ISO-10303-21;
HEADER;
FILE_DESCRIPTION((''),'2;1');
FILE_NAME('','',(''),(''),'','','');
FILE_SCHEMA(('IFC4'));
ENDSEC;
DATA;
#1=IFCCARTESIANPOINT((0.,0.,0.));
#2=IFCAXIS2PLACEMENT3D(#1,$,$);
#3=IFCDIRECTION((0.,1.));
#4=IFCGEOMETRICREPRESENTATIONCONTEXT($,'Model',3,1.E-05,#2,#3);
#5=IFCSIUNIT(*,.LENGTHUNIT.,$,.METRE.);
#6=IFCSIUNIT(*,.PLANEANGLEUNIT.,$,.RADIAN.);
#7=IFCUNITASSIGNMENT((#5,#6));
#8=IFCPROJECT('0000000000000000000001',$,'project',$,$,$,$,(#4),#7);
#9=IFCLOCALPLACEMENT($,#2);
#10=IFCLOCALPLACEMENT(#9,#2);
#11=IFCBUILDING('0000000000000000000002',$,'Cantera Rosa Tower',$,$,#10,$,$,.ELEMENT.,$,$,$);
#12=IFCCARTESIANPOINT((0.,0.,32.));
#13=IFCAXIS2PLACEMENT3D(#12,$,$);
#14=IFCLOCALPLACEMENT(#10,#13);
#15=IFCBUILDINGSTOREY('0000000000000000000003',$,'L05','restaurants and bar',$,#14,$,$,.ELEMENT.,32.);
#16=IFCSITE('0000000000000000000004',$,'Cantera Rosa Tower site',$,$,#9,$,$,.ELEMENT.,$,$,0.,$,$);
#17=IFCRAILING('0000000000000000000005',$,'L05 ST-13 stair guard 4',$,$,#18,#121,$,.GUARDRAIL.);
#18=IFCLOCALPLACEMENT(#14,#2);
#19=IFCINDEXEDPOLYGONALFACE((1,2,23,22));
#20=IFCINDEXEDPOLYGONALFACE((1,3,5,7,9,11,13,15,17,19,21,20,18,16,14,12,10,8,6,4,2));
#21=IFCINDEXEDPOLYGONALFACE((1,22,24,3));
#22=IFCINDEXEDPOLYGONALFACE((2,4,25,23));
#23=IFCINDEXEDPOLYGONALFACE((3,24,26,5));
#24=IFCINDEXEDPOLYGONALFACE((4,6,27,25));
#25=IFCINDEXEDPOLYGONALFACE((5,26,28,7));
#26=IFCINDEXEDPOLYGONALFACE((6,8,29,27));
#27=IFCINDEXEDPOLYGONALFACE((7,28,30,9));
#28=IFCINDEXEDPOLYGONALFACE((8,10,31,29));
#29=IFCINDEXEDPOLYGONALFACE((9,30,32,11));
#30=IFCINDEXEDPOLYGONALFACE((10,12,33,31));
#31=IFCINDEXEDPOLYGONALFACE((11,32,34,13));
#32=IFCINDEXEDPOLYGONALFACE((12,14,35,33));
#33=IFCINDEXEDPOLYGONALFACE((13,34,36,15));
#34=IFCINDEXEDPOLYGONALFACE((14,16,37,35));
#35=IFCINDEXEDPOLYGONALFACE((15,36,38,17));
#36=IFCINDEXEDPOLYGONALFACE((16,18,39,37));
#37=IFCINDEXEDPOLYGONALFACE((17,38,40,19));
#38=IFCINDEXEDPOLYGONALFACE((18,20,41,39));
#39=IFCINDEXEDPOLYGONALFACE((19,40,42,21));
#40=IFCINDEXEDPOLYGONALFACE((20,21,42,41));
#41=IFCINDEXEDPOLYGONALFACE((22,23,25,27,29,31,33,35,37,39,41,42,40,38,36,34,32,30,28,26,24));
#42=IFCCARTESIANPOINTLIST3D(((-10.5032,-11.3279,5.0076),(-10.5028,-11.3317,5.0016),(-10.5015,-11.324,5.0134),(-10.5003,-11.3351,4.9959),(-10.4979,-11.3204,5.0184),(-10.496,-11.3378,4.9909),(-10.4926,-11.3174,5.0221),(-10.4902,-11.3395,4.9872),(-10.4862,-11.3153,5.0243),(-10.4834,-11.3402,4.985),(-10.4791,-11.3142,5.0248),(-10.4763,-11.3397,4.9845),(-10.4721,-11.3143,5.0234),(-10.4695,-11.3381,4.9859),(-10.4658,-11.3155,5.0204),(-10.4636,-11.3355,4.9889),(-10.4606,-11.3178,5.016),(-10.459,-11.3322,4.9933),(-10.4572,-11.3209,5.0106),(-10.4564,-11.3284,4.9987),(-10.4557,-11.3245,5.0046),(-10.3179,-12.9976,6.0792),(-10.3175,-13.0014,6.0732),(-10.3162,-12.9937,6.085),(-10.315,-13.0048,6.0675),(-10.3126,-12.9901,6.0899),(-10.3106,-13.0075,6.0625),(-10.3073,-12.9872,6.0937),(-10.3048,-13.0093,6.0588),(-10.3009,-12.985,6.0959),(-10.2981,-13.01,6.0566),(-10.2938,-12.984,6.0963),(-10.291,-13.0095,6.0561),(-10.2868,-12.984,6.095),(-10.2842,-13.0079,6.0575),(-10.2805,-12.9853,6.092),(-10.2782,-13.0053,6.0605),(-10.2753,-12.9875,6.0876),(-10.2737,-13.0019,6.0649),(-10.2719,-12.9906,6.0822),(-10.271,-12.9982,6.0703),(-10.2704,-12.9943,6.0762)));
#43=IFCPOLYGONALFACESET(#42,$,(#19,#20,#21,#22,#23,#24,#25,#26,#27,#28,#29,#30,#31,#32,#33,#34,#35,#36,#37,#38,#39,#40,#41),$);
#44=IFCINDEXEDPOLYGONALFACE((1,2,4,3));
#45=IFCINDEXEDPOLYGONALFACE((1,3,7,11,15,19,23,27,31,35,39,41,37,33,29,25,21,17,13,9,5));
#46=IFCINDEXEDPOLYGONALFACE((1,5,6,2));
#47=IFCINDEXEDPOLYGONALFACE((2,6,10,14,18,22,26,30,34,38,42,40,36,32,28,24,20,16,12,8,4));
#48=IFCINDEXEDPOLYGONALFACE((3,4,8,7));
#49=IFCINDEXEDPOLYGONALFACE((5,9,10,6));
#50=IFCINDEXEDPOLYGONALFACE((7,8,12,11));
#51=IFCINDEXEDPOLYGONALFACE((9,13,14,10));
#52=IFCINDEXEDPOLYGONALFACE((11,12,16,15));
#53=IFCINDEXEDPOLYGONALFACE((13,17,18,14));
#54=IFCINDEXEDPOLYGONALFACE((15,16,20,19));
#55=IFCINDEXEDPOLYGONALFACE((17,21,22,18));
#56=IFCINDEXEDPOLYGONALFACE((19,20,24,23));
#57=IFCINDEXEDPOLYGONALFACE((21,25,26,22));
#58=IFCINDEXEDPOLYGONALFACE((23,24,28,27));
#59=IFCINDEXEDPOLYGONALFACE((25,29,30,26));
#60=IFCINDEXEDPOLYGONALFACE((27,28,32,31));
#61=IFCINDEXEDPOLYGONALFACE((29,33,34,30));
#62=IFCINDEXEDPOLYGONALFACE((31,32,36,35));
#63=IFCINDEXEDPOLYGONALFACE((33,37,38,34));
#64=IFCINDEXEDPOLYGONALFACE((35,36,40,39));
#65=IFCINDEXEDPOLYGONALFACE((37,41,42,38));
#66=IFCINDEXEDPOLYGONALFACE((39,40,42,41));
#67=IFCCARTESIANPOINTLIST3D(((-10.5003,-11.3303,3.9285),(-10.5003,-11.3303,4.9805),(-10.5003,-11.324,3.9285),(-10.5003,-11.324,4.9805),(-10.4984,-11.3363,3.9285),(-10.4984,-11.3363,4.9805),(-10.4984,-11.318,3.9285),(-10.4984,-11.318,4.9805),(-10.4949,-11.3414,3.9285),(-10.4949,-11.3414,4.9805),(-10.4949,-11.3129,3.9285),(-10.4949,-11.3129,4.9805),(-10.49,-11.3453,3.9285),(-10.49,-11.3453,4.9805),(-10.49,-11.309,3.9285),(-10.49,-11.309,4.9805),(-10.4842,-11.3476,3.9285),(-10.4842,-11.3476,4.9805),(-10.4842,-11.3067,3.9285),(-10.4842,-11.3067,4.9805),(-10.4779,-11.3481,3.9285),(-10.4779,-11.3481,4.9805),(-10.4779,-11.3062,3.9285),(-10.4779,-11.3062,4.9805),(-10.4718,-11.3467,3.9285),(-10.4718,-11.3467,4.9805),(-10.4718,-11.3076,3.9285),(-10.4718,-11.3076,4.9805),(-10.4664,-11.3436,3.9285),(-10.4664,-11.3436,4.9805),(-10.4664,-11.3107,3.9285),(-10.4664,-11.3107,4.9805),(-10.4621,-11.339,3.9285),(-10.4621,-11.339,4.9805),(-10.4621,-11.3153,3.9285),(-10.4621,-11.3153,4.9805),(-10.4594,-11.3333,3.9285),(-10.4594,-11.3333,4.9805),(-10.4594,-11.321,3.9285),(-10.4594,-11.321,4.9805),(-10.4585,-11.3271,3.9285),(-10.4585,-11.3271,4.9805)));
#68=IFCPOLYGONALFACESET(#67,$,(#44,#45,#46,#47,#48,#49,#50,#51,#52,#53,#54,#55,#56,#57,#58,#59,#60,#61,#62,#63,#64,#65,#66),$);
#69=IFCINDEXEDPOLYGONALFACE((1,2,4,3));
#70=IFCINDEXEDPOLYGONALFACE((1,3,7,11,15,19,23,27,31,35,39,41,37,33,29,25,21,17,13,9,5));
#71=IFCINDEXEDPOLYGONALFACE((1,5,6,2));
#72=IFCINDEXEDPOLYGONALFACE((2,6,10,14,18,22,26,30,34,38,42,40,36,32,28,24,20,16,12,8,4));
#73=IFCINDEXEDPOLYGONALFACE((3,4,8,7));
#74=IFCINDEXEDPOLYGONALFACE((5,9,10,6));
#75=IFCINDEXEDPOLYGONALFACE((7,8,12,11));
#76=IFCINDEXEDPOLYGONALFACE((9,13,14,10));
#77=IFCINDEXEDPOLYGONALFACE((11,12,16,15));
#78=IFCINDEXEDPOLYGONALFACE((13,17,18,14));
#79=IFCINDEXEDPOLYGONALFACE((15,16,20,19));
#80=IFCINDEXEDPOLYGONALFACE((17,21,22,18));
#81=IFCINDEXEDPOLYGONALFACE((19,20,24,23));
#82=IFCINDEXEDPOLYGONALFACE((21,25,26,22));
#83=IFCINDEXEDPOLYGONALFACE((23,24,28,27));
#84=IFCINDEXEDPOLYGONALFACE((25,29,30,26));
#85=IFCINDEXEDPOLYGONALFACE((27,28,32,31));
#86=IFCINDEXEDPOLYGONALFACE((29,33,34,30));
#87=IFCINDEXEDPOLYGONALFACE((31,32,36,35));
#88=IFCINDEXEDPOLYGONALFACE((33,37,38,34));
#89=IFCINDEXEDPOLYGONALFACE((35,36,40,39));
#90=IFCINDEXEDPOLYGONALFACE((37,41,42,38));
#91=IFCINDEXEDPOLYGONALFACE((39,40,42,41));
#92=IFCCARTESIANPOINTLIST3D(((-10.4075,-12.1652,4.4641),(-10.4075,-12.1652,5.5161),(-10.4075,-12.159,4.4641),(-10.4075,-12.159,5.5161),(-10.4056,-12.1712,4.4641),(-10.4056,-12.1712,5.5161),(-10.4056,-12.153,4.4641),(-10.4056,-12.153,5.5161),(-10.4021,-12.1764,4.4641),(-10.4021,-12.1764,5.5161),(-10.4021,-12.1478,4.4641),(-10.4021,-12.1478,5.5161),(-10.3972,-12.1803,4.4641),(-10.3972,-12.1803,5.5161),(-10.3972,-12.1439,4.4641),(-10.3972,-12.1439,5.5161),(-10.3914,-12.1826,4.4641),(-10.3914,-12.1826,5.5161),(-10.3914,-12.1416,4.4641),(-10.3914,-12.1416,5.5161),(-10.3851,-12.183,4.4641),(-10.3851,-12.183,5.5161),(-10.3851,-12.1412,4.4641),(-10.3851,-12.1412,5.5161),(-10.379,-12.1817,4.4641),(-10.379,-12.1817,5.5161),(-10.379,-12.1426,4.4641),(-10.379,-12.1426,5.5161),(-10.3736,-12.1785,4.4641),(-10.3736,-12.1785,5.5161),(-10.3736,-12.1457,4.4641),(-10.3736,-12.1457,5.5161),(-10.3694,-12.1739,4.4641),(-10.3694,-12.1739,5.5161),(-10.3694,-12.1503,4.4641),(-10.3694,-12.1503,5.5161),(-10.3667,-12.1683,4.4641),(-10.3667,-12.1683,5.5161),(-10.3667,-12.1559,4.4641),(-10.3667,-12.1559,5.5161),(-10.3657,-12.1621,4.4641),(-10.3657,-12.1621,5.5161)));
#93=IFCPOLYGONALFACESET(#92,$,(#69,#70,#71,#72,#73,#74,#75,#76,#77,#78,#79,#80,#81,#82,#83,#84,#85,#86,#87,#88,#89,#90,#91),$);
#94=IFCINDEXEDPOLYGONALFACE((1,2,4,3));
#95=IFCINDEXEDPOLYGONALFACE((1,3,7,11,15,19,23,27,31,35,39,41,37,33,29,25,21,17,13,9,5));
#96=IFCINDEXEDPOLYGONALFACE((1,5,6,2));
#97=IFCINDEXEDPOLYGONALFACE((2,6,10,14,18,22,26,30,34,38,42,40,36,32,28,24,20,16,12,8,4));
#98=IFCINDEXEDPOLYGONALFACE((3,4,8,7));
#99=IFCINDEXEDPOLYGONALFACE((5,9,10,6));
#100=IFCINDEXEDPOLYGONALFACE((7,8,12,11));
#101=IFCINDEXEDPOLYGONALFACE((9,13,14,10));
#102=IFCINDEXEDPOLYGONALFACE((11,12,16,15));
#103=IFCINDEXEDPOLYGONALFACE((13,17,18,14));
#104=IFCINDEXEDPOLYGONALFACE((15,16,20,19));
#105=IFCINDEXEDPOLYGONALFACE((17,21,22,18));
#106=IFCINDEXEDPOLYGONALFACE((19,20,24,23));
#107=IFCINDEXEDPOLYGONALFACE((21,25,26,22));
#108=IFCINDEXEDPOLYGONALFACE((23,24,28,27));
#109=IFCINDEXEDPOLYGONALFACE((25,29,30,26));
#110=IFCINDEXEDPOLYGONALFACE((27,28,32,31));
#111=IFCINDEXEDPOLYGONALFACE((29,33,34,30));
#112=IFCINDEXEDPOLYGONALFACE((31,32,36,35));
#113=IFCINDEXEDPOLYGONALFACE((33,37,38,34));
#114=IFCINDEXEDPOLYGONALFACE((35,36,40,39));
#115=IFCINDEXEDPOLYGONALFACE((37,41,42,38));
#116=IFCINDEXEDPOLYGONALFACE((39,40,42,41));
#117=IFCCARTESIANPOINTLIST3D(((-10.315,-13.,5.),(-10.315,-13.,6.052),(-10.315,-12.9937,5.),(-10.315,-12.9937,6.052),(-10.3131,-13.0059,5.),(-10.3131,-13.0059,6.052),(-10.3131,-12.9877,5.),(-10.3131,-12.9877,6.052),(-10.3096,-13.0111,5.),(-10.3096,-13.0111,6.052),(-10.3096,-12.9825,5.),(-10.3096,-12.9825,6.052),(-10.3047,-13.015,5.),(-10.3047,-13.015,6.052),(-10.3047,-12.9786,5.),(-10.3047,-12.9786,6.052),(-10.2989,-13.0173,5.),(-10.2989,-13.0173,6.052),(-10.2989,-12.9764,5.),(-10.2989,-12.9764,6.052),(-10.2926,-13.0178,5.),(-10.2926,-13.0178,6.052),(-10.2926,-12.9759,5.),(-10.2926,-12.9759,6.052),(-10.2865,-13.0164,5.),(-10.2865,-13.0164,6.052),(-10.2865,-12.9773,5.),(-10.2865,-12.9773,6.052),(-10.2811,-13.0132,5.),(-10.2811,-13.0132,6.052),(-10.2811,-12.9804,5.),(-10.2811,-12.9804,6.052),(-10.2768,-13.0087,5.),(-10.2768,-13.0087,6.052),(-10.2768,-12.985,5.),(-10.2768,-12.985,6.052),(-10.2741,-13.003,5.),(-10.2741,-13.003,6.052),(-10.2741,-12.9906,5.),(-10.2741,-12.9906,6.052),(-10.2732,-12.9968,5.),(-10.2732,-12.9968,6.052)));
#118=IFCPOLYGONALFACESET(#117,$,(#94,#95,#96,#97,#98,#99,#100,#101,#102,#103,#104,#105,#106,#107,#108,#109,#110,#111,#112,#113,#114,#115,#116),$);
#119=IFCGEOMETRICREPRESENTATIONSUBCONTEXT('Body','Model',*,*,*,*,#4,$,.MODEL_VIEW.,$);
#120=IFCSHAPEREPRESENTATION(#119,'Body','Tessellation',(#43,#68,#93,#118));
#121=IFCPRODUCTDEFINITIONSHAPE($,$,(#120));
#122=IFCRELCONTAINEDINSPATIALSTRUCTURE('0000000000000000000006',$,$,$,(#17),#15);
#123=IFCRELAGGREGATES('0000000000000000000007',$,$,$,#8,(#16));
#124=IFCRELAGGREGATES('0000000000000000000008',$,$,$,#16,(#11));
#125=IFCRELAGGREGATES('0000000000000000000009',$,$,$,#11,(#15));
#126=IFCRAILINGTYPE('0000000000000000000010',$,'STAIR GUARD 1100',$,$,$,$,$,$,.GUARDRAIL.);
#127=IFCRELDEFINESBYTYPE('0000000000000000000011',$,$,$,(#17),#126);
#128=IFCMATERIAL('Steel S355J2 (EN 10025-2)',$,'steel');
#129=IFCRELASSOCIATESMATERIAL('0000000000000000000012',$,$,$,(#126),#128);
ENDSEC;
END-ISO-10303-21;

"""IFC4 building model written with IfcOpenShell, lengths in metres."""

from ifc_helpers import new_model, si_unit, direction, frame, origin, origin_2d, place, context, subcontext, project, spatial, circle, extrude, material, type_object, element, save


model = new_model("IFC4")

# Units and contexts
model_context = context("Model", 3, precision=1e-05, world=origin(), true_north=direction((0.0, 1.0)))
body_context = subcontext(model_context, "Body", "Model", "MODEL_VIEW")
ifc_project = project(units=[si_unit("LENGTHUNIT", "METRE"), si_unit("PLANEANGLEUNIT", "RADIAN")], contexts=[model_context])

# Site, building, storey
site_placement = place(None, origin())
site = spatial("IfcSite", under=ifc_project, at=site_placement, Name="Cantera Rosa Tower site", CompositionType="ELEMENT", RefElevation=0.0)
building_placement = place(site_placement, origin())
building = spatial("IfcBuilding", under=site, at=building_placement, Name="Cantera Rosa Tower", CompositionType="ELEMENT")
storey_placement = place(building_placement, frame((0.0, 0.0, 32.0)))
storey = spatial("IfcBuildingStorey", under=building, at=storey_placement, Name="L05", Description="restaurants and bar", CompositionType="ELEMENT", Elevation=32.0)

# Railing
ifc_material_1 = material(Name="Steel S355J2 (EN 10025-2)", Category="steel")
railing_type = type_object("IfcRailingType", Name="STAIR GUARD 1100", PredefinedType="GUARDRAIL", material=ifc_material_1)
railing_1_placement = place(storey_placement, frame((-10.4795, -11.3271, 3.9285)))
element("IfcRailing", 1, at=railing_1_placement, inside=storey, type_object=railing_type, Name="L05 ST-13 stair guard 4", PredefinedType="GUARDRAIL", context=body_context, shape_type="SweptSolid", body=[
    extrude(circle(Radius=0.0239, at=origin_2d()), frame((0.0, 0.0, 1.0762), z_axis=(0.092997, -0.837951, 0.537764), x_axis=(0.993898, 0.110304, 0.0)), (0.0, 0.0, 1.0), 1.9927),
    extrude(circle(Radius=0.021, at=origin_2d()), origin(), (0.0, 0.0, 1.0), 1.052),
    extrude(circle(Radius=0.021, at=origin_2d()), frame((0.0928, -0.835, 0.5356)), (0.0, 0.0, 1.0), 1.052),
    extrude(circle(Radius=0.021, at=origin_2d()), frame((0.1853, -1.6697, 1.0715)), (0.0, 0.0, 1.0), 1.052),
])

save(model, "model.ifc")
